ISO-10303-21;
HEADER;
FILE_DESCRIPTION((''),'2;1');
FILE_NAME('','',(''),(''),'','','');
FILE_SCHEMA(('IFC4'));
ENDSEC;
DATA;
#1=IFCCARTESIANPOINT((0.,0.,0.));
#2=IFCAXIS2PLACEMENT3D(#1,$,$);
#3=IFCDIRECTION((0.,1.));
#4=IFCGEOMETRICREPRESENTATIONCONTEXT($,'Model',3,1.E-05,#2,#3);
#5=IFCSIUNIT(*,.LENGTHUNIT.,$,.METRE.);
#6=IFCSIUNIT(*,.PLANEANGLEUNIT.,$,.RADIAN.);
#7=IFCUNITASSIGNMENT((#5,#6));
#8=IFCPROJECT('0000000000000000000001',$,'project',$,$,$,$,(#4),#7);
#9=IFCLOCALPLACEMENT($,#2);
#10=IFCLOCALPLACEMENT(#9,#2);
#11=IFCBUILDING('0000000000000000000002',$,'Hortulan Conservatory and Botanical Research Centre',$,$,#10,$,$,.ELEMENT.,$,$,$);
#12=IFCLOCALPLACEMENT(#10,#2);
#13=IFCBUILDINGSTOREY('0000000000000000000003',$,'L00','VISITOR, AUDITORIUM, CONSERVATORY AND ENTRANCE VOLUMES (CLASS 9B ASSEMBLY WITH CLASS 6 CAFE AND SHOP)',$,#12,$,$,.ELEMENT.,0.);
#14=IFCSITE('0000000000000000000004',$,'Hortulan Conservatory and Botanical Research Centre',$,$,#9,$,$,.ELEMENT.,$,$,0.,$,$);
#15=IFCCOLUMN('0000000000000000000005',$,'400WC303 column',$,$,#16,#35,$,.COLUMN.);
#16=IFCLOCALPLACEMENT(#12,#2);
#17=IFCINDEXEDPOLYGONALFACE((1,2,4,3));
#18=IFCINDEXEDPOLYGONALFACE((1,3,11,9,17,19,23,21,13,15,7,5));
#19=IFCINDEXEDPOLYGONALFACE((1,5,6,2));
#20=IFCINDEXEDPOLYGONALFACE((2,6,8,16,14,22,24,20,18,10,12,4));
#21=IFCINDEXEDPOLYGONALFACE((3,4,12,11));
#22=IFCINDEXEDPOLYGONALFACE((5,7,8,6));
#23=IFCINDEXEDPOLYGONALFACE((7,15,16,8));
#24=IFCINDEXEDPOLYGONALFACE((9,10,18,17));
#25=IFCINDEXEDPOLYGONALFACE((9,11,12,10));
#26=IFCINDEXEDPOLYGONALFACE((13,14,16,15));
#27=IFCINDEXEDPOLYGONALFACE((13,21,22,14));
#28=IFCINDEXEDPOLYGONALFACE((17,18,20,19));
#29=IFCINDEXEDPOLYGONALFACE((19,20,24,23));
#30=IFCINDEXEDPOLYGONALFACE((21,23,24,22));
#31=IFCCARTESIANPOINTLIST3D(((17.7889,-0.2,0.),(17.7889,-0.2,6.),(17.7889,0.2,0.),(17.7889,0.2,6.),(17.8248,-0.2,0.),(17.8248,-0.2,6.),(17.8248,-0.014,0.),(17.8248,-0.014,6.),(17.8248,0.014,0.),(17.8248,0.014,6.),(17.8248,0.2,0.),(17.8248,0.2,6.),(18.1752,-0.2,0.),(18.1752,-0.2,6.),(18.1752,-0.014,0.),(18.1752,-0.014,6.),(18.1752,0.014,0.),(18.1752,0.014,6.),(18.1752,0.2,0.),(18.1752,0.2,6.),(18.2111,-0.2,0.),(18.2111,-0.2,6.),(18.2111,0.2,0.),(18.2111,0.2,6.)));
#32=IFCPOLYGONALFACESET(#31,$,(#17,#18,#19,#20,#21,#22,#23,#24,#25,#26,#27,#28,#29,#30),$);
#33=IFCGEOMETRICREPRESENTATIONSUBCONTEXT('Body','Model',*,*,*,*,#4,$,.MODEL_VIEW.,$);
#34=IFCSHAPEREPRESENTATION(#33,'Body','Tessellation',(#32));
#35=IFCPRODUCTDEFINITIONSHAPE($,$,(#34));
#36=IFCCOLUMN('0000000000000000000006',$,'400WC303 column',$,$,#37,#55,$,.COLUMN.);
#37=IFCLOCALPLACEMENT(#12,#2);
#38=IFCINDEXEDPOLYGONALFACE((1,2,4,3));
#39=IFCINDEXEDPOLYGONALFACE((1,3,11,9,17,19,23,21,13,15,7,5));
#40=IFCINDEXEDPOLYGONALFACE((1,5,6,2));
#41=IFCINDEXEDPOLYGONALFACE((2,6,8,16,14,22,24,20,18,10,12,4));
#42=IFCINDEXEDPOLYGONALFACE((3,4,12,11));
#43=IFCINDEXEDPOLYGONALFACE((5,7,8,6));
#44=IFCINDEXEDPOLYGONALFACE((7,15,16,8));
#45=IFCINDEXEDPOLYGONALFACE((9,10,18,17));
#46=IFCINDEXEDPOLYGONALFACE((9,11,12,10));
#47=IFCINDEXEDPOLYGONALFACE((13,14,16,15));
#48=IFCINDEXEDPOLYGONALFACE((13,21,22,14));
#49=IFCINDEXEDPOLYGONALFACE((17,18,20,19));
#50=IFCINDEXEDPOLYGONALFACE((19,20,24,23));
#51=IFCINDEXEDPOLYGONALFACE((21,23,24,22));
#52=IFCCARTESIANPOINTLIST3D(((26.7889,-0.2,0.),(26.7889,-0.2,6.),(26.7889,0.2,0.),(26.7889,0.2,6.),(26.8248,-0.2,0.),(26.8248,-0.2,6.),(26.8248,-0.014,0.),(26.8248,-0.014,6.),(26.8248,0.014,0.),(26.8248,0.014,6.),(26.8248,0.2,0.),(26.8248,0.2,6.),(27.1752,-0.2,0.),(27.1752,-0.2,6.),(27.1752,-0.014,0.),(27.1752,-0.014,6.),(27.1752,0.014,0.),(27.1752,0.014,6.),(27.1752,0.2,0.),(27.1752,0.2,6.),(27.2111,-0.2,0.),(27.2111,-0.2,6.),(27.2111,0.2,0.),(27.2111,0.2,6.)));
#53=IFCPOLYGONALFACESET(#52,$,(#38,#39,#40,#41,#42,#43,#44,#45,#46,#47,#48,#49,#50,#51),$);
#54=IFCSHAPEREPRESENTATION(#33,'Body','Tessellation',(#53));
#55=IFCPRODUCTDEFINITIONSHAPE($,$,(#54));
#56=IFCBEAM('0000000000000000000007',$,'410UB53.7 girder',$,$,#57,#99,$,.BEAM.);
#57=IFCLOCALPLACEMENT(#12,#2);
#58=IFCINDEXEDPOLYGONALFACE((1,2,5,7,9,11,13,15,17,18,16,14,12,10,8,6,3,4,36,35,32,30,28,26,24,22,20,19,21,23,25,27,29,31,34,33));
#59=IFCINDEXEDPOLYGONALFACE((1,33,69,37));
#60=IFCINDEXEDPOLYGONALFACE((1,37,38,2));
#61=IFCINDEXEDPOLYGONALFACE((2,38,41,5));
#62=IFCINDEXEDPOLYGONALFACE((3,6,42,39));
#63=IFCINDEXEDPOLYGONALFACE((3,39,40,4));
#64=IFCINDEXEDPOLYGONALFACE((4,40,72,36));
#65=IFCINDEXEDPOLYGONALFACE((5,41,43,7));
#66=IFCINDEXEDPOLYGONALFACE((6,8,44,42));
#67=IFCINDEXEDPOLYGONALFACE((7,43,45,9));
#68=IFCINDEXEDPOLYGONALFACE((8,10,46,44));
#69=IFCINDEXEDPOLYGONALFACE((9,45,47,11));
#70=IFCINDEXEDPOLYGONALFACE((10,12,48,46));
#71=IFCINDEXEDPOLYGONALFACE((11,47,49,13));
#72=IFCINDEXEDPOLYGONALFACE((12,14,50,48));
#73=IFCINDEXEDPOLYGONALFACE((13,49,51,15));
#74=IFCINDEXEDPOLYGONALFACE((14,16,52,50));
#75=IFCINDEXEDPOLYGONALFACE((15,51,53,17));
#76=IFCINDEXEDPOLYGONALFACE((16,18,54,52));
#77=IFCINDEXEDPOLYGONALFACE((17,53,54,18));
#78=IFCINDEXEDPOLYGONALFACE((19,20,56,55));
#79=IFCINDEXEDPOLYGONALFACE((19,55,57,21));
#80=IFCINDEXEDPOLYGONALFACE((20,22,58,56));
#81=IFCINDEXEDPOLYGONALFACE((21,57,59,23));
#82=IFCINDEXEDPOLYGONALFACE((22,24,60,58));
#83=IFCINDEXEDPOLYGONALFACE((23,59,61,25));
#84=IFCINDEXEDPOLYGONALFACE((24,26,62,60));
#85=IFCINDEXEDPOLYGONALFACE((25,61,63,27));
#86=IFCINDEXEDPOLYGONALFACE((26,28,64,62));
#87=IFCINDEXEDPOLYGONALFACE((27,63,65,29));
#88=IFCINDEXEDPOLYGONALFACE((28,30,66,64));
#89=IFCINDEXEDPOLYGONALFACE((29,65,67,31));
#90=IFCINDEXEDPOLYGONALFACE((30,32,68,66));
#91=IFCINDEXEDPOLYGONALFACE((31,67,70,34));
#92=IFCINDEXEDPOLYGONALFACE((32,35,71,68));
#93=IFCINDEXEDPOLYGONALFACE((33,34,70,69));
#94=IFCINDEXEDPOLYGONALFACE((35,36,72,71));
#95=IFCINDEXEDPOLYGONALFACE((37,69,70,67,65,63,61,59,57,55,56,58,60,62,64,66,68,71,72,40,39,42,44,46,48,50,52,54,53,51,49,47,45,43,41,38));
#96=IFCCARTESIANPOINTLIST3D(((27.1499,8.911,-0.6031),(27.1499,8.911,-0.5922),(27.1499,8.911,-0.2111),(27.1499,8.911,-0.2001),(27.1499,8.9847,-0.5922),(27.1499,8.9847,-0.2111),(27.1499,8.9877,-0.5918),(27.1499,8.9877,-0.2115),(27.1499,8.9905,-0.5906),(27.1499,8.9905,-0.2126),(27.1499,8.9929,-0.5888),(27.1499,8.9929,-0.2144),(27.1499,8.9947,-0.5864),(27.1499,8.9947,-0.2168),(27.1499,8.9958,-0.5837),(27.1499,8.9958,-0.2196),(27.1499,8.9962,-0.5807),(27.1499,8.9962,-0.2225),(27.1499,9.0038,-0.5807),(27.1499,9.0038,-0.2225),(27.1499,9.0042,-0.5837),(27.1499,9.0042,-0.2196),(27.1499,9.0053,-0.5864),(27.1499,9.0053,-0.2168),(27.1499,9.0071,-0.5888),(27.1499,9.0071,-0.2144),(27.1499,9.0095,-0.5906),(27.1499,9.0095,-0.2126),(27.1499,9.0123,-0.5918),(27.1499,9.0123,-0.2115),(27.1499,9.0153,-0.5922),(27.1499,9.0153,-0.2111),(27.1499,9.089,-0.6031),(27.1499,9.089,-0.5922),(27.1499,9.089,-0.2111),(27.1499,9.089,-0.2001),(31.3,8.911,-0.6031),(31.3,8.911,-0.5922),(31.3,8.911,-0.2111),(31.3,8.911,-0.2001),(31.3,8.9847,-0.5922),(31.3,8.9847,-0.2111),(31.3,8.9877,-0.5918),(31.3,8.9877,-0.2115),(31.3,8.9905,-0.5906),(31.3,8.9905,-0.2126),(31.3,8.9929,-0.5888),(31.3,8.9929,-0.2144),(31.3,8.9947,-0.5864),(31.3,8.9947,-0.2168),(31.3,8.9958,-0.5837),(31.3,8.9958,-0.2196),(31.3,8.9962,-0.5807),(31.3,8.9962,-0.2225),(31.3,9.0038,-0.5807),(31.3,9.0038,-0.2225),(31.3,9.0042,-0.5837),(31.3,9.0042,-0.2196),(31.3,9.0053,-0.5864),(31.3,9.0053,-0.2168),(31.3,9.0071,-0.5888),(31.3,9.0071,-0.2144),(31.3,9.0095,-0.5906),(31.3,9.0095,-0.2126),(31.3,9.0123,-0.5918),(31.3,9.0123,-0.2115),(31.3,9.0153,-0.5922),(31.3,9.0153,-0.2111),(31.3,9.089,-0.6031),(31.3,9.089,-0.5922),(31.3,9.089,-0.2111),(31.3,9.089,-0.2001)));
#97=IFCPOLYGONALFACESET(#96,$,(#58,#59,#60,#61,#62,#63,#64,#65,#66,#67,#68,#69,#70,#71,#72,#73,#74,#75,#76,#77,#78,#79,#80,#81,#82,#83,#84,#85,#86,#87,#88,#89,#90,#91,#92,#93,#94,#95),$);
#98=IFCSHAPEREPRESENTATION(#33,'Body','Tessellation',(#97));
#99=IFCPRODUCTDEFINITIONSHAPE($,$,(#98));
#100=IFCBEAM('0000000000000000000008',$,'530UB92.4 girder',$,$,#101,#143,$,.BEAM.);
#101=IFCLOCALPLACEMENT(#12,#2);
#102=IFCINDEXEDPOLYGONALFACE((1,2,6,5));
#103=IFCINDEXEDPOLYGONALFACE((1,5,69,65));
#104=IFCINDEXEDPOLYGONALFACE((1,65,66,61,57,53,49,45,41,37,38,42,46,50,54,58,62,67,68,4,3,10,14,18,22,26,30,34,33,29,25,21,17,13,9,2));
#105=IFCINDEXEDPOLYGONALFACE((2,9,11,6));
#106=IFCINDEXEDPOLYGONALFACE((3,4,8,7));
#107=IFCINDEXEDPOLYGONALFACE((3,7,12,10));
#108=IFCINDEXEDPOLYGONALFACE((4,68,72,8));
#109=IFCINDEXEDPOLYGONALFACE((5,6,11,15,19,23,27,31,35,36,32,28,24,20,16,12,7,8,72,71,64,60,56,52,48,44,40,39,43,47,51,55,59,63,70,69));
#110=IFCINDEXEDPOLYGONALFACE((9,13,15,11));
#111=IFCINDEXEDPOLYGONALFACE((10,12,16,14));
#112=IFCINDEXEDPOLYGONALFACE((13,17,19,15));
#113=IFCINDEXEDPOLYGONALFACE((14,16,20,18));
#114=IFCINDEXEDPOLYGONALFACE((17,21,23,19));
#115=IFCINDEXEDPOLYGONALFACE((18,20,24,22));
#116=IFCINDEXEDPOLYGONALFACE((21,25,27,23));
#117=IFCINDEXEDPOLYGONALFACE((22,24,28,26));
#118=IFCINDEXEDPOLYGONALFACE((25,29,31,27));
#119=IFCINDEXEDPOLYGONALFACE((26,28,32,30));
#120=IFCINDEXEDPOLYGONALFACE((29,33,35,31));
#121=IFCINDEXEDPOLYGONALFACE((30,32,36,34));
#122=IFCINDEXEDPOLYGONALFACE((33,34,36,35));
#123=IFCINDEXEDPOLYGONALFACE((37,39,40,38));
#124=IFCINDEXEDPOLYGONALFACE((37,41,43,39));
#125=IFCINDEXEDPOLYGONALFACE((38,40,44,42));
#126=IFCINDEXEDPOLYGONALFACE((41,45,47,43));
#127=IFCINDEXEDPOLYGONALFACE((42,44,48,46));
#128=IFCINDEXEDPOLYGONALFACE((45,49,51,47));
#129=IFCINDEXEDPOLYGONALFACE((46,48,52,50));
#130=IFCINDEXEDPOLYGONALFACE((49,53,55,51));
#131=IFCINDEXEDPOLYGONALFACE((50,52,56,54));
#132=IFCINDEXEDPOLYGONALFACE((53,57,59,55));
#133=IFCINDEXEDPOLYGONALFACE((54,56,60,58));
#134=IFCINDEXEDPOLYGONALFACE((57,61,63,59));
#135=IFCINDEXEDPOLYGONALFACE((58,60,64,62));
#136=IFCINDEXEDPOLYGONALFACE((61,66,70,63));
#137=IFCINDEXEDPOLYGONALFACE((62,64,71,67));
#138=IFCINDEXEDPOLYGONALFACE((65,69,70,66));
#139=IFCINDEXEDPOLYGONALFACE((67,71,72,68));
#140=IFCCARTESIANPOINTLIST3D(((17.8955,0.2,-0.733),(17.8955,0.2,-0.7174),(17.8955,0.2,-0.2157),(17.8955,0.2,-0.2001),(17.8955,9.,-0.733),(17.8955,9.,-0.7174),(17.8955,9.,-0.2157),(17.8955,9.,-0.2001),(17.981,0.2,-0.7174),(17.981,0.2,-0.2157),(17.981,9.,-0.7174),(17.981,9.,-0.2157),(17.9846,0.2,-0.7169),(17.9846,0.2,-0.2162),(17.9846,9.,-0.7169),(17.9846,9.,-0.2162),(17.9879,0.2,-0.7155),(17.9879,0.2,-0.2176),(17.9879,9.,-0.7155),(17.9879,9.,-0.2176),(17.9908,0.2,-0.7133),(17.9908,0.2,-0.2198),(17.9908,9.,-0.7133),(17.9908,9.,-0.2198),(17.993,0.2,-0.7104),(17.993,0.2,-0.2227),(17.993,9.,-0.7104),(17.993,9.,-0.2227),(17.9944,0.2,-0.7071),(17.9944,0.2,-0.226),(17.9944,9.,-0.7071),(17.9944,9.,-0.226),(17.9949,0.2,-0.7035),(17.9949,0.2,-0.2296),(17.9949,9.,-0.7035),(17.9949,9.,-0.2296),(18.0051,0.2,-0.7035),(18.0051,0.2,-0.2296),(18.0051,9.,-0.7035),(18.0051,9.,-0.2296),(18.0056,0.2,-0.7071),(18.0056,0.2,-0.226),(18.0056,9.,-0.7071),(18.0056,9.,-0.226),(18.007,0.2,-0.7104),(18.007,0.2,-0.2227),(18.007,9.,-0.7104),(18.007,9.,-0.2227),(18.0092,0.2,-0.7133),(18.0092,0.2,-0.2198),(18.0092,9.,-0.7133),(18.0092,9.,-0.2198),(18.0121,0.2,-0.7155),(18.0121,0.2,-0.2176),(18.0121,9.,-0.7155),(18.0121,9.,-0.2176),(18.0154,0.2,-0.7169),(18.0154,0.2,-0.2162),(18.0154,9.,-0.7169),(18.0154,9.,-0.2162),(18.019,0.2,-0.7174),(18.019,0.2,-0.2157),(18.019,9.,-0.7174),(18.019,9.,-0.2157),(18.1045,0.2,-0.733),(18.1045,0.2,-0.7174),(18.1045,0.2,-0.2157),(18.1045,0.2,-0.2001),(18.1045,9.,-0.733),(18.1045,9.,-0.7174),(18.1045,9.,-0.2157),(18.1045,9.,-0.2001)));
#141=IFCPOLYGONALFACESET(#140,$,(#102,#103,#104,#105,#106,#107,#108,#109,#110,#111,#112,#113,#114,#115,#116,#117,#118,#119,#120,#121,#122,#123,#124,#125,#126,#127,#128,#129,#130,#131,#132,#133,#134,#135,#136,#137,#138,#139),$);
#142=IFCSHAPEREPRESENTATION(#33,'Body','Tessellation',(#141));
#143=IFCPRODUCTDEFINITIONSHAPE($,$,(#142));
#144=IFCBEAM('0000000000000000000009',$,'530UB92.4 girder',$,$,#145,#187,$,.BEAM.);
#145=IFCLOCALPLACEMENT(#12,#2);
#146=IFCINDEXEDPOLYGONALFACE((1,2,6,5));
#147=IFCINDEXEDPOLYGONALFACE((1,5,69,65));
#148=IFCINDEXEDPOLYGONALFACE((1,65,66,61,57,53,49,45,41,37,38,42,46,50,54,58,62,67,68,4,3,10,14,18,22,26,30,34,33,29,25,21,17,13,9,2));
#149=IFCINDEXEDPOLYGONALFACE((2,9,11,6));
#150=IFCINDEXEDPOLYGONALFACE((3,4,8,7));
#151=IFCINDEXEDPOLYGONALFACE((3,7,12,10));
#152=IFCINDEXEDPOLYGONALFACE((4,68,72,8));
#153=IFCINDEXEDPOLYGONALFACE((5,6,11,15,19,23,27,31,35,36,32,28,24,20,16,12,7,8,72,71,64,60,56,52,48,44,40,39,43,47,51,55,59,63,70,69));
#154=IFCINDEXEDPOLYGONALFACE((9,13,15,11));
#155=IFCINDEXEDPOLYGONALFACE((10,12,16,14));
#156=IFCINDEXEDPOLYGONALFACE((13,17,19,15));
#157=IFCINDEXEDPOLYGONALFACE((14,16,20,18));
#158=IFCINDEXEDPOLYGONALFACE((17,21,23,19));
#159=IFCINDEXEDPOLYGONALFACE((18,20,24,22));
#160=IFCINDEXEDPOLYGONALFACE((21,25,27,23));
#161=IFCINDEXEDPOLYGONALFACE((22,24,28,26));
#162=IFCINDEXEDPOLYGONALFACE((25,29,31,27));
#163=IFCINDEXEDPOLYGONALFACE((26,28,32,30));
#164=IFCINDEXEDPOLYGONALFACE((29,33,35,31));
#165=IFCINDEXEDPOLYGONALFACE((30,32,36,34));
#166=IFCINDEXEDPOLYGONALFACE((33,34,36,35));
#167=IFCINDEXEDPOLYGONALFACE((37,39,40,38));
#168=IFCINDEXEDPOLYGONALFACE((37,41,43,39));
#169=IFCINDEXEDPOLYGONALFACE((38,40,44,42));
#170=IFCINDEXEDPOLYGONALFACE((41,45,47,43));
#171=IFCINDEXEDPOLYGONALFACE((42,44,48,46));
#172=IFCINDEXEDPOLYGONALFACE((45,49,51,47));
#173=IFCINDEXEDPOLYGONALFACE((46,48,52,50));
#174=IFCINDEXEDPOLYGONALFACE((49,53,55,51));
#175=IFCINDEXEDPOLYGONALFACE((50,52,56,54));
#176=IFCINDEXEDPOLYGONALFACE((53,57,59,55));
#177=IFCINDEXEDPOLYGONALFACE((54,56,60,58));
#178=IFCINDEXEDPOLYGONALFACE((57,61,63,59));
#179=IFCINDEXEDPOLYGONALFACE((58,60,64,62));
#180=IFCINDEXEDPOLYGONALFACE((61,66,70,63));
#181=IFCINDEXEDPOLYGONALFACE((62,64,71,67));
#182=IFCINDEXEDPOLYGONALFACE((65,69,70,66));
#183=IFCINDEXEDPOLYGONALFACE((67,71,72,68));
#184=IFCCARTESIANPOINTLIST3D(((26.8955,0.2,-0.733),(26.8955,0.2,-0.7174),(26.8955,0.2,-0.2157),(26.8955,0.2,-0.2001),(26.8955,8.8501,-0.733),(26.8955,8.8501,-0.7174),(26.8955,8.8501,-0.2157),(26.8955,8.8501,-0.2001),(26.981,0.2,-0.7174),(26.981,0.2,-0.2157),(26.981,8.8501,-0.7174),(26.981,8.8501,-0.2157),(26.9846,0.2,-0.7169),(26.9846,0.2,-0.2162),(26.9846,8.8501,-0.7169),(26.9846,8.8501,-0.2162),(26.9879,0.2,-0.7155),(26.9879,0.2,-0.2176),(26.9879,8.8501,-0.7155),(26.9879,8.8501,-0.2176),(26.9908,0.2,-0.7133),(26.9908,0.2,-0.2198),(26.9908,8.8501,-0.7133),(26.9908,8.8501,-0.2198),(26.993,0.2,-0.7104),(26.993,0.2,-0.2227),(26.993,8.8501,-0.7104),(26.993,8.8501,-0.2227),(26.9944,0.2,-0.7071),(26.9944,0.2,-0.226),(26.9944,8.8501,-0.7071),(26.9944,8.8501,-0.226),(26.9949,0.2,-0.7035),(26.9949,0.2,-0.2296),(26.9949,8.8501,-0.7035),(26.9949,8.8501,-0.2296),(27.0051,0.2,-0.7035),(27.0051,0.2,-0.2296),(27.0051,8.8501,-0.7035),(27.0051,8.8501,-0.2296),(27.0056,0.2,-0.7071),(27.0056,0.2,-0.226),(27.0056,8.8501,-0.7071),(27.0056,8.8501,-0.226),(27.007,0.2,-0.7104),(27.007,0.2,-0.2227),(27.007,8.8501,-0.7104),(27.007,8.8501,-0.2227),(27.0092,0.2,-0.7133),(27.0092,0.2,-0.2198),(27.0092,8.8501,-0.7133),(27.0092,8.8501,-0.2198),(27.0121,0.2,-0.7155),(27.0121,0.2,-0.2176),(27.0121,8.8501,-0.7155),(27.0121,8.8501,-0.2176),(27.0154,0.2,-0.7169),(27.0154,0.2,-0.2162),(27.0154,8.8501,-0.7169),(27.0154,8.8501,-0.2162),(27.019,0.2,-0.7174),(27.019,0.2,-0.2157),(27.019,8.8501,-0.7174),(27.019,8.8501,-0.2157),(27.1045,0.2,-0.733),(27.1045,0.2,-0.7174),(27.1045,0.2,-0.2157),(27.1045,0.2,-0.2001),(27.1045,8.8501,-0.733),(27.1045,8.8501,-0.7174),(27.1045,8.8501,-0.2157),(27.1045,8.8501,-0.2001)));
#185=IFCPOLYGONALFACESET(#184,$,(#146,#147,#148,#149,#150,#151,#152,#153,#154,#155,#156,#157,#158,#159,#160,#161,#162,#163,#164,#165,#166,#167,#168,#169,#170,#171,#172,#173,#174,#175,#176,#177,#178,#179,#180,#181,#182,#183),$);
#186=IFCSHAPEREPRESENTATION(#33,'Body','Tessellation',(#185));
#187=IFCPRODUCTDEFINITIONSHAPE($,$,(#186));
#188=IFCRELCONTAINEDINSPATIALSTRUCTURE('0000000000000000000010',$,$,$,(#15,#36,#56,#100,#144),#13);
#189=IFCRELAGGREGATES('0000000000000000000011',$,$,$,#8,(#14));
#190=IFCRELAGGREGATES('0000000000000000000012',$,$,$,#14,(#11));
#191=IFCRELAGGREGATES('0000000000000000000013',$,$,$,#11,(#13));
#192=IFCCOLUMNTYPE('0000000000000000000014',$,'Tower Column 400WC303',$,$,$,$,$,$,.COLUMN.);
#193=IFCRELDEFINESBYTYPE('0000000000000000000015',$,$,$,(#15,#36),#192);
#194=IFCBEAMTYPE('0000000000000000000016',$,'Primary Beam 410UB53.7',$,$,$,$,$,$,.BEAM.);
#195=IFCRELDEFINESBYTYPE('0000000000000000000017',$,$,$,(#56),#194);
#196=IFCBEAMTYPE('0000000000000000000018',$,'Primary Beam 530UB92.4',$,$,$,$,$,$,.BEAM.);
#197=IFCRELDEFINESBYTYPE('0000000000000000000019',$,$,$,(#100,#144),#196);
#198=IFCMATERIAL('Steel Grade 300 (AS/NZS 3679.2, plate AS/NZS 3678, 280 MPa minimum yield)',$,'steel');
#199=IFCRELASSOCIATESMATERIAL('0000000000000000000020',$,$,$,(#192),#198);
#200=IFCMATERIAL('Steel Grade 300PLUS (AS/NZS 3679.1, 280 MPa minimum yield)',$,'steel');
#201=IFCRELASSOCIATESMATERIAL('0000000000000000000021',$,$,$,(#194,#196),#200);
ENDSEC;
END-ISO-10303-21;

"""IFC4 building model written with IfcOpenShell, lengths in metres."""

from ifc_helpers import new_model, si_unit, direction, frame, origin, origin_2d, place, context, subcontext, project, spatial, i_section, extrude, material, material_profile, profile_set, type_object, element, save


model = new_model("IFC4")

# Units and contexts
model_context = context("Model", 3, precision=1e-05, world=origin(), true_north=direction((0.0, 1.0)))
body_context = subcontext(model_context, "Body", "Model", "MODEL_VIEW")
ifc_project = project(units=[si_unit("LENGTHUNIT", "METRE"), si_unit("PLANEANGLEUNIT", "RADIAN")], contexts=[model_context])

# Site, building, storey
site_placement = place(None, origin())
site = spatial("IfcSite", under=ifc_project, at=site_placement, Name="Hortulan Conservatory and Botanical Research Centre", CompositionType="ELEMENT", RefElevation=0.0)
building_placement = place(site_placement, origin())
building = spatial("IfcBuilding", under=site, at=building_placement, Name="Hortulan Conservatory and Botanical Research Centre", CompositionType="ELEMENT")
storey_placement = place(building_placement, origin())
storey = spatial("IfcBuildingStorey", under=building, at=storey_placement, Name="L00", Description="VISITOR, AUDITORIUM, CONSERVATORY AND ENTRANCE VOLUMES (CLASS 9B ASSEMBLY WITH CLASS 6 CAFE AND SHOP)", CompositionType="ELEMENT", Elevation=0.0)

# Columns
ifc_material_1 = material(Name="Steel Grade 300 (AS/NZS 3679.2, plate AS/NZS 3678, 280 MPa minimum yield)", Category="steel")
ifc_material_profile_1 = material_profile(ifc_material_1, i_section(OverallWidth=0.3999, OverallDepth=0.4221, WebThickness=0.0281, FlangeThickness=0.0359, at=origin_2d()), Name="400WC303")
ifc_profile_set_1 = profile_set([ifc_material_profile_1], Name="Steel Grade 300 (AS/NZS 3679.2, plate AS/NZS 3678, 280 MPa minimum yield)")
column_type = type_object("IfcColumnType", Name="Tower Column 400WC303", PredefinedType="COLUMN", material=ifc_profile_set_1)
for number, where, z_axis, x_axis, name in (
    (1, (18.0, 0.0, 0.0), (0.0, 0.0, 1.0), (0.0, 1.0, 0.0), "400WC303 column"),
    (2, (27.0, 0.0, 0.0), (0.0, 0.0, 1.0), (0.0, 1.0, 0.0), "400WC303 column"),
):
    element("IfcColumn", number, at=place(storey_placement, frame(where, z_axis=z_axis, x_axis=x_axis)), inside=storey, type_object=column_type, Name=name, PredefinedType="COLUMN", context=body_context, shape_type="SweptSolid", body=[
        extrude(i_section(OverallWidth=0.3999, OverallDepth=0.4221, WebThickness=0.0281, FlangeThickness=0.0359, at=origin_2d()), origin(), (0.0, 0.0, 1.0), 6.0),
    ])

# Beams
ifc_material_2 = material(Name="Steel Grade 300PLUS (AS/NZS 3679.1, 280 MPa minimum yield)", Category="steel")
ifc_material_profile_2 = material_profile(ifc_material_2, i_section(OverallWidth=0.178, OverallDepth=0.4031, WebThickness=0.0076, FlangeThickness=0.011, FilletRadius=0.0115, at=origin_2d()), Name="410UB53.7")
ifc_profile_set_2 = profile_set([ifc_material_profile_2], Name="Steel Grade 300PLUS (AS/NZS 3679.1, 280 MPa minimum yield)")
beam_type_1 = type_object("IfcBeamType", Name="Primary Beam 410UB53.7", PredefinedType="BEAM", material=ifc_profile_set_2)
beam_1_placement = place(storey_placement, frame((27.1499, 9.0, -0.4016), z_axis=(1.0, 0.0, 0.0), x_axis=(0.0, 1.0, 0.0)))
element("IfcBeam", 3, at=beam_1_placement, inside=storey, type_object=beam_type_1, Name="410UB53.7 girder", PredefinedType="BEAM", context=body_context, shape_type="SweptSolid", body=[
    extrude(i_section(OverallWidth=0.178, OverallDepth=0.4031, WebThickness=0.0076, FlangeThickness=0.011, FilletRadius=0.0115, at=origin_2d()), origin(), (0.0, 0.0, 1.0), 4.1501),
])
ifc_material_profile_3 = material_profile(ifc_material_2, i_section(OverallWidth=0.209, OverallDepth=0.533, WebThickness=0.0103, FlangeThickness=0.0156, FilletRadius=0.0139, at=origin_2d()), Name="530UB92.4")
ifc_profile_set_3 = profile_set([ifc_material_profile_3], Name="Steel Grade 300PLUS (AS/NZS 3679.1, 280 MPa minimum yield)")
beam_type_2 = type_object("IfcBeamType", Name="Primary Beam 530UB92.4", PredefinedType="BEAM", material=ifc_profile_set_3)
beam_2_placement = place(storey_placement, frame((18.0, 0.2, -0.4666), z_axis=(0.0, 1.0, 0.0), x_axis=(-1.0, 0.0, 0.0)))
element("IfcBeam", 4, at=beam_2_placement, inside=storey, type_object=beam_type_2, Name="530UB92.4 girder", PredefinedType="BEAM", context=body_context, shape_type="SweptSolid", body=[
    extrude(i_section(OverallWidth=0.209, OverallDepth=0.533, WebThickness=0.0103, FlangeThickness=0.0156, FilletRadius=0.0139, at=origin_2d()), origin(), (0.0, 0.0, 1.0), 8.8),
])
beam_3_placement = place(storey_placement, frame((27.0, 0.2, -0.4666), z_axis=(0.0, 1.0, 0.0), x_axis=(-1.0, 0.0, 0.0)))
element("IfcBeam", 5, at=beam_3_placement, inside=storey, type_object=beam_type_2, Name="530UB92.4 girder", PredefinedType="BEAM", context=body_context, shape_type="SweptSolid", body=[
    extrude(i_section(OverallWidth=0.209, OverallDepth=0.533, WebThickness=0.0103, FlangeThickness=0.0156, FilletRadius=0.0139, at=origin_2d()), origin(), (0.0, 0.0, 1.0), 8.6501),
])

save(model, "model.ifc")
